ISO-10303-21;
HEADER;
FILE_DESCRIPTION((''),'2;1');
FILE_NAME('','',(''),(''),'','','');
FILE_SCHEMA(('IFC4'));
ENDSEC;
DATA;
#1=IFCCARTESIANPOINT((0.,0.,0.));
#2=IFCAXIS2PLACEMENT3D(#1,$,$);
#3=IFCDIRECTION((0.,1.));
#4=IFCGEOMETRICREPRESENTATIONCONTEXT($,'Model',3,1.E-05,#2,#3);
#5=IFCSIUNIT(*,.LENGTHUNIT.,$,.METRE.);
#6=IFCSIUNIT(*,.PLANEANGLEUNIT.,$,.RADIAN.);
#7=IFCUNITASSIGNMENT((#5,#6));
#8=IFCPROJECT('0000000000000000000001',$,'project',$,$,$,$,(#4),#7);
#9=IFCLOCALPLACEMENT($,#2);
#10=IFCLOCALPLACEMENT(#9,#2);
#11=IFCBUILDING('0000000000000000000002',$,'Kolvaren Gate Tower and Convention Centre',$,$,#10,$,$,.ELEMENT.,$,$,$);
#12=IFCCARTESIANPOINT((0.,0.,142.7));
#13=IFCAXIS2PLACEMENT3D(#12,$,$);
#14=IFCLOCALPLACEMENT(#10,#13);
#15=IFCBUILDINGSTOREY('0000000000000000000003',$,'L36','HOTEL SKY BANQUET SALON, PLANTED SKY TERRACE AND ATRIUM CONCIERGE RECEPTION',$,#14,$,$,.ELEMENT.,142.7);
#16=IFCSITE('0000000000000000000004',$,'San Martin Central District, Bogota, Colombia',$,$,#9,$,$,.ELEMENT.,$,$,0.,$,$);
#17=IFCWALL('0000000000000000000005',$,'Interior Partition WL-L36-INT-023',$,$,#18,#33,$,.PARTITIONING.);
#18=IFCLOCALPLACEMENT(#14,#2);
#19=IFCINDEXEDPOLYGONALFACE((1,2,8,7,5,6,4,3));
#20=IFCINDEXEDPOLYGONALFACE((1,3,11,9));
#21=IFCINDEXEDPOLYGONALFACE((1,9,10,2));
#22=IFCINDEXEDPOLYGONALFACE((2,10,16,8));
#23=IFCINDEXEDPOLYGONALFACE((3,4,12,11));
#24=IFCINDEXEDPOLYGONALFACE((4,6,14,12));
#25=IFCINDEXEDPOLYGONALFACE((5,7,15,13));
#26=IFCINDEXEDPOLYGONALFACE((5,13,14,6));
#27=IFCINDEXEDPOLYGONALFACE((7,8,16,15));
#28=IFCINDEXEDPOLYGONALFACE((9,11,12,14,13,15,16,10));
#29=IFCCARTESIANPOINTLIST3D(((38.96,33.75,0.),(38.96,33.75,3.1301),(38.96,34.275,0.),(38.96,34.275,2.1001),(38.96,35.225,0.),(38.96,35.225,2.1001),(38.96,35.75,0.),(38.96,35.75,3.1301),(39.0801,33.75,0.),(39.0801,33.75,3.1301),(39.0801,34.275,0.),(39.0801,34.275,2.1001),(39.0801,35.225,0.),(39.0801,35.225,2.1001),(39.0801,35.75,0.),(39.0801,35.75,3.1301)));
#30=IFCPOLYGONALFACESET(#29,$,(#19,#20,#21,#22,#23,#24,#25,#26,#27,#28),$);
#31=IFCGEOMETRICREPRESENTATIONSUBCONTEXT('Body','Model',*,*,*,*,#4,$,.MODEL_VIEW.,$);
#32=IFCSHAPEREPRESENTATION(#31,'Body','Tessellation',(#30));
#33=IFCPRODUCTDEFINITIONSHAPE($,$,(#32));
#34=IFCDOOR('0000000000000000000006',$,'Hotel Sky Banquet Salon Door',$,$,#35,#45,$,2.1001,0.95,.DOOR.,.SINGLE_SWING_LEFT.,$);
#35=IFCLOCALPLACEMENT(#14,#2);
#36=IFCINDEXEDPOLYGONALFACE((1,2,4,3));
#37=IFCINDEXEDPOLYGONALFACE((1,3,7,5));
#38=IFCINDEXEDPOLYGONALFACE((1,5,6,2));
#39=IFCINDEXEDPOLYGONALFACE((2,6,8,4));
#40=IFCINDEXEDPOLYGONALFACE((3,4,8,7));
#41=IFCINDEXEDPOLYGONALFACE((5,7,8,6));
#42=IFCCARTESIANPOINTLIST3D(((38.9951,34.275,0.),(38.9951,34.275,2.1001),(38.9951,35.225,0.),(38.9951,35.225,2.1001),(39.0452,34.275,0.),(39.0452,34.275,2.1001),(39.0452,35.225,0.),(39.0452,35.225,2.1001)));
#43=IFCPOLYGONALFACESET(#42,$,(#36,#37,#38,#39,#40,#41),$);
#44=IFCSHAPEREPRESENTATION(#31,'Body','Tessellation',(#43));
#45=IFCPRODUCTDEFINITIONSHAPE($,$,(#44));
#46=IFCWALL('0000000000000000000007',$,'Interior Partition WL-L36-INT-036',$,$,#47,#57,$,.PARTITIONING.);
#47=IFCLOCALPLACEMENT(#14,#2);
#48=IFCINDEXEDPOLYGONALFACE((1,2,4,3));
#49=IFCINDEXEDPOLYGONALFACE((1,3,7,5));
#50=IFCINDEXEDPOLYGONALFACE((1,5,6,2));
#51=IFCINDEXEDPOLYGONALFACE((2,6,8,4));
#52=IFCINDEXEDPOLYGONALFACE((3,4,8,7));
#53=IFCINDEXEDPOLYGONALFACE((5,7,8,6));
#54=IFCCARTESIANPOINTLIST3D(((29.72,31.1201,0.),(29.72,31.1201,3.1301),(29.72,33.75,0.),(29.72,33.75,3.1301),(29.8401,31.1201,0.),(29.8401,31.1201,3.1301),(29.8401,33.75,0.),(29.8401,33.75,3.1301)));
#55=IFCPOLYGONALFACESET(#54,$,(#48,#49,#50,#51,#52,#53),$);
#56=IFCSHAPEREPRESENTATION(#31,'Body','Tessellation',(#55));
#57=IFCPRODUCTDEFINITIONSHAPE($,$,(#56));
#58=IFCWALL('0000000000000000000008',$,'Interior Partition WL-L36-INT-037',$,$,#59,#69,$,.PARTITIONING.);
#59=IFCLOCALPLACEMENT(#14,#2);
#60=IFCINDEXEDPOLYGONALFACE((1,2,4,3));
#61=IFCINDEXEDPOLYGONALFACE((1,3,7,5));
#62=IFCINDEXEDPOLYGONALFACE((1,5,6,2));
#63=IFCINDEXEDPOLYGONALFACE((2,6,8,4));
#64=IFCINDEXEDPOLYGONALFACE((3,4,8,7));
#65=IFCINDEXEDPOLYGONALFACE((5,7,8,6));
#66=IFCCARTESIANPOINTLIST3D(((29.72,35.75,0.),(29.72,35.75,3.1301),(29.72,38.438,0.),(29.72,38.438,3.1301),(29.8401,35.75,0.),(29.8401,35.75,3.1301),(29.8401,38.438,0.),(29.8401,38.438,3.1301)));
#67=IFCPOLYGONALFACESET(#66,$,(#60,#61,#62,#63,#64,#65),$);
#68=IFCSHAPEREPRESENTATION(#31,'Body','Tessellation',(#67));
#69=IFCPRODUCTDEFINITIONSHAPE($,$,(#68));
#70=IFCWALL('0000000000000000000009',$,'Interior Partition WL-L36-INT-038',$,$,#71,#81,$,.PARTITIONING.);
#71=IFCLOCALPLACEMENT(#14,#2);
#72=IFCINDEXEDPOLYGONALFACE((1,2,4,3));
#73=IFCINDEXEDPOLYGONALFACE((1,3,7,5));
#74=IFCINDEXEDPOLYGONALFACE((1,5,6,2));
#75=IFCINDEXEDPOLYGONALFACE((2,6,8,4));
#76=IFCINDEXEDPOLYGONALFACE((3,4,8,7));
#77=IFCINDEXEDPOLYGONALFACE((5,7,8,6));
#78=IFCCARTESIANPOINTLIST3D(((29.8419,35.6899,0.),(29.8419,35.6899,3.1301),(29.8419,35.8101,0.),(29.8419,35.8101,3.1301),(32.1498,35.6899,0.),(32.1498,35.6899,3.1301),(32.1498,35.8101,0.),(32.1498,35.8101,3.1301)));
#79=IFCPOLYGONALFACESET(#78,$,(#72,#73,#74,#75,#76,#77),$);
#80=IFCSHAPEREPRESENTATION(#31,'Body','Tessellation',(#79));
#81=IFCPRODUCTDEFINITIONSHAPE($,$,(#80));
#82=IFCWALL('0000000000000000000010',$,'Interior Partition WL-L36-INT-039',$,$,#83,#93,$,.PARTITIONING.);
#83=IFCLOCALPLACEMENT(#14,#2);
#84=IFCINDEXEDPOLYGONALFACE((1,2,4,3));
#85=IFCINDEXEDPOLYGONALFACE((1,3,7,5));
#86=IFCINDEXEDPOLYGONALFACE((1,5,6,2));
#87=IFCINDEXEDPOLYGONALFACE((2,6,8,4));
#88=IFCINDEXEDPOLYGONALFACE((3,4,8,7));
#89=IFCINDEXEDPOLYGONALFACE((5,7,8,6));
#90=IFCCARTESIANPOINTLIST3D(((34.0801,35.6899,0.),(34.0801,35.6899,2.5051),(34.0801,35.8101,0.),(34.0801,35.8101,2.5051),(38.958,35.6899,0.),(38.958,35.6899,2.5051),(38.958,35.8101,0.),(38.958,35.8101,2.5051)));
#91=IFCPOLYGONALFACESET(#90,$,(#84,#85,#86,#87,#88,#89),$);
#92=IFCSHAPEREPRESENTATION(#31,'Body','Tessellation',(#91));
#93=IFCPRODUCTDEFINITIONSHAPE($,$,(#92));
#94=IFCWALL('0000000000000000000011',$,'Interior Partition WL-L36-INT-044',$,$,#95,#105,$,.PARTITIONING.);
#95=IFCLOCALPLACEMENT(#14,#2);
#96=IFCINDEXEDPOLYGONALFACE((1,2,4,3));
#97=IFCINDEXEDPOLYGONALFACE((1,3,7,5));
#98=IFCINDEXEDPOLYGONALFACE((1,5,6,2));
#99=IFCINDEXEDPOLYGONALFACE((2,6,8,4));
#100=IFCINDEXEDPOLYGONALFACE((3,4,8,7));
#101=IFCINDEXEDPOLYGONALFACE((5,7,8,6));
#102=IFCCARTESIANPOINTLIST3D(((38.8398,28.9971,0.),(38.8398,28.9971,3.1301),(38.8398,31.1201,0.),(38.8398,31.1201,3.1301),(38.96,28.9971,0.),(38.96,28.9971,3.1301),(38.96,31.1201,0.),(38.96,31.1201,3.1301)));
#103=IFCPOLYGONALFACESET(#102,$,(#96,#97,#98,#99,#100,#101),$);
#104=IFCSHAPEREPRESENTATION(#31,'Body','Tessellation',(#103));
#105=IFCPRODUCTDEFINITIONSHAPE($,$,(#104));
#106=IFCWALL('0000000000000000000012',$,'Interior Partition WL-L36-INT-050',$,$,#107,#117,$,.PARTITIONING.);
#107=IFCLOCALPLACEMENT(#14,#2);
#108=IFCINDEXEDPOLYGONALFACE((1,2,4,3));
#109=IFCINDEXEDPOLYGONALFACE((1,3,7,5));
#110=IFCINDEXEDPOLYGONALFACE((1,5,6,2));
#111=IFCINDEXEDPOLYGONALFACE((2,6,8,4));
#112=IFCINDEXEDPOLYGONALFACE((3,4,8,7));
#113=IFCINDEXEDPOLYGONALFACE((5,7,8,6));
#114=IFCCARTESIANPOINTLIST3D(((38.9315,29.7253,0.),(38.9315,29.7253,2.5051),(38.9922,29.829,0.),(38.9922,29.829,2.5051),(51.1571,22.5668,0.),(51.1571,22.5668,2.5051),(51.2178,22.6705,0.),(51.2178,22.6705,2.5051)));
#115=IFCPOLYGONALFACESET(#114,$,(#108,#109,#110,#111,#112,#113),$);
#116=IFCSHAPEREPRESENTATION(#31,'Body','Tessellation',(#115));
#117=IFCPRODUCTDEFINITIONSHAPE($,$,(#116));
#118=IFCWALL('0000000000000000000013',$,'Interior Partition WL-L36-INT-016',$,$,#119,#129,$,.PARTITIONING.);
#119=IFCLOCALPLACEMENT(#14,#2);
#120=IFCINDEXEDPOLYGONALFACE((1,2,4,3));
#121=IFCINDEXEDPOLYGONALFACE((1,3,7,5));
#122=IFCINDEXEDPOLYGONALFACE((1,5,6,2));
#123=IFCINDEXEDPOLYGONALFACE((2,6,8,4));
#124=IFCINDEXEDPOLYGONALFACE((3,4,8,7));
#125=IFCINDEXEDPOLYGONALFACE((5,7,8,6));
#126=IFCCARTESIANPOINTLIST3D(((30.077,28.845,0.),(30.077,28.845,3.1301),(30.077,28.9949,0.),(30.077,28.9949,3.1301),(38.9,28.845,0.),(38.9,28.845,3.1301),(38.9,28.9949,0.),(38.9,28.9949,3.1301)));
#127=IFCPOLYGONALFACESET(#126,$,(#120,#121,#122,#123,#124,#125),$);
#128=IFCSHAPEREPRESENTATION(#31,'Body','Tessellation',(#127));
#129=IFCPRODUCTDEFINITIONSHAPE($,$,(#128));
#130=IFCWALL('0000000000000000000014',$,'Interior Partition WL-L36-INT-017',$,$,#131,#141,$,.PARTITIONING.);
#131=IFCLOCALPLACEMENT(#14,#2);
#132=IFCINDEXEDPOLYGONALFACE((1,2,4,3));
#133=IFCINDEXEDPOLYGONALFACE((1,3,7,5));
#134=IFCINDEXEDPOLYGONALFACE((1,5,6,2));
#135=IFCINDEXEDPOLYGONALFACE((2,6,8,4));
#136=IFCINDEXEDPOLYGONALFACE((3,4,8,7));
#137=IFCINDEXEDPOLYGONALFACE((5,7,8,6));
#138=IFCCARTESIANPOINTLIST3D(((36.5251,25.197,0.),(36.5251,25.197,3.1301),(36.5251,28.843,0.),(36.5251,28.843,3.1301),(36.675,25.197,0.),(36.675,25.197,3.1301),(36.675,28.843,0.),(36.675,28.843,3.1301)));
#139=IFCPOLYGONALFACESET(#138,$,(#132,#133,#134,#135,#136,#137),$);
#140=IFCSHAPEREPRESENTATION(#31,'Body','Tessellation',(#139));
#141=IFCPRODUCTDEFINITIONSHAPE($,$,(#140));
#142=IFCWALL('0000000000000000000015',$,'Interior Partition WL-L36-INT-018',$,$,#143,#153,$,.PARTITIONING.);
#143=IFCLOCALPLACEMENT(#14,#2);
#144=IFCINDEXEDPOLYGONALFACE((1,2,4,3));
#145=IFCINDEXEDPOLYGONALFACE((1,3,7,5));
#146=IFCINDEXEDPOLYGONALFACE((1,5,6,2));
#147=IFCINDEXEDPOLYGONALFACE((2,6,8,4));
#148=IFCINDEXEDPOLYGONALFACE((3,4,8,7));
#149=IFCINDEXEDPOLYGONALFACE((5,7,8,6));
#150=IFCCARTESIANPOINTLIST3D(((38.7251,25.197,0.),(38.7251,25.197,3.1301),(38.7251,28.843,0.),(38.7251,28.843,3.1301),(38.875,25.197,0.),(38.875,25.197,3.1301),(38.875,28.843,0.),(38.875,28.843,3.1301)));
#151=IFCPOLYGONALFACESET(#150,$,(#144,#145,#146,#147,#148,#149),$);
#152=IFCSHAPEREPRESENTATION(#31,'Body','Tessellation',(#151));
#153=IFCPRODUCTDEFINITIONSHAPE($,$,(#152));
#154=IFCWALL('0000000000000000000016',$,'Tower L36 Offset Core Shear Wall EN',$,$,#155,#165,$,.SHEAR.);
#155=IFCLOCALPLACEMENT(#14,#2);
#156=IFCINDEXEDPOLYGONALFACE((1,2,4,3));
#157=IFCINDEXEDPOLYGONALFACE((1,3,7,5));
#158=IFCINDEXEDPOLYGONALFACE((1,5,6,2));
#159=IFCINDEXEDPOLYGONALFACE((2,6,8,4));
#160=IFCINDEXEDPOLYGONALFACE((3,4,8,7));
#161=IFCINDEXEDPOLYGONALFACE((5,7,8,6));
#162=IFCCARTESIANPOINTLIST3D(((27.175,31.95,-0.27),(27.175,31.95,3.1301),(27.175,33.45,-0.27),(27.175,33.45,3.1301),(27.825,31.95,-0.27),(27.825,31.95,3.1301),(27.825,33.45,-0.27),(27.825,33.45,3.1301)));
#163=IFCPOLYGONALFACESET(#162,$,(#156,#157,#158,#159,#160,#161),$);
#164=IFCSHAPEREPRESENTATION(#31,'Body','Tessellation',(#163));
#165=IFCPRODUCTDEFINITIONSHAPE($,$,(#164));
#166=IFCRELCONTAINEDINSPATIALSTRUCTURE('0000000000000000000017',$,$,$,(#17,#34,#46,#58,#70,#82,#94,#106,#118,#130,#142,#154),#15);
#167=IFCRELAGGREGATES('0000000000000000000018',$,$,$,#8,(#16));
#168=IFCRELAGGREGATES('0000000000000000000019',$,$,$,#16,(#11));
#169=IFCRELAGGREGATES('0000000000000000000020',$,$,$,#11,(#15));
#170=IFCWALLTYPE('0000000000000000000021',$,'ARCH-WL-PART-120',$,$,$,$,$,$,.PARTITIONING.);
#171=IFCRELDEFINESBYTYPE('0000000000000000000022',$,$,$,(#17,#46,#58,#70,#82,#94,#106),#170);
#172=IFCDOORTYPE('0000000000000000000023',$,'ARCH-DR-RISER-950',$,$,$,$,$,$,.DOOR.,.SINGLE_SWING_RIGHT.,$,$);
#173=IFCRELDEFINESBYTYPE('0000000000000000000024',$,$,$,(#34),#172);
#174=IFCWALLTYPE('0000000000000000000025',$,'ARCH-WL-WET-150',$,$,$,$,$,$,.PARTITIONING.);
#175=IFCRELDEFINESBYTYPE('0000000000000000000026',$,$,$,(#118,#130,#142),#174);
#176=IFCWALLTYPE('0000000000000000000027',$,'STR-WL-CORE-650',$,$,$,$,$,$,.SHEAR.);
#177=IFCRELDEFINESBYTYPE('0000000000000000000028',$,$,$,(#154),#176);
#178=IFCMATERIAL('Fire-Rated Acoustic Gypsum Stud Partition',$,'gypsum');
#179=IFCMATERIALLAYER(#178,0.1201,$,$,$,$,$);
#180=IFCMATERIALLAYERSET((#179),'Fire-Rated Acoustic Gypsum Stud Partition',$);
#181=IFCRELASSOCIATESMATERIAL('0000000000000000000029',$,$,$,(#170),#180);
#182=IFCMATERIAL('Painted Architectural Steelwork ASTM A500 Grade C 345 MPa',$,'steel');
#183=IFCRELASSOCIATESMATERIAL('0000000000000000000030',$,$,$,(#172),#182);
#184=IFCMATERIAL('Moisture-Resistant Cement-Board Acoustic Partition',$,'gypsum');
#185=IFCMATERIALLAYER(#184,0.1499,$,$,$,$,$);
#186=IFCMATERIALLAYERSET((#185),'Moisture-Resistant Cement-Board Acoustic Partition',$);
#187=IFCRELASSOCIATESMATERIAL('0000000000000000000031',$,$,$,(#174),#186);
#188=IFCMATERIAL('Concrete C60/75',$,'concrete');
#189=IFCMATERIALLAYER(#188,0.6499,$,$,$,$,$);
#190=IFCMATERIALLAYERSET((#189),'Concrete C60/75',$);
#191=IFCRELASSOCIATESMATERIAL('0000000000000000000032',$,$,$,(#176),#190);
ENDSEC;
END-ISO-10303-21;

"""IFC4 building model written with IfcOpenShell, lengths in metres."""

from ifc_helpers import new_model, si_unit, direction, frame, frame_2d, origin, place, context, subcontext, project, spatial, rectangle, extrude, material, layer, layer_set, type_object, element, fill, save


model = new_model("IFC4")

# Units and contexts
model_context = context("Model", 3, precision=1e-05, world=origin(), true_north=direction((0.0, 1.0)))
body_context = subcontext(model_context, "Body", "Model", "MODEL_VIEW")
ifc_project = project(units=[si_unit("LENGTHUNIT", "METRE"), si_unit("PLANEANGLEUNIT", "RADIAN")], contexts=[model_context])

# Site, building, storey
site_placement = place(None, origin())
site = spatial("IfcSite", under=ifc_project, at=site_placement, Name="San Martin Central District, Bogota, Colombia", CompositionType="ELEMENT", RefElevation=0.0)
building_placement = place(site_placement, origin())
building = spatial("IfcBuilding", under=site, at=building_placement, Name="Kolvaren Gate Tower and Convention Centre", CompositionType="ELEMENT")
storey_placement = place(building_placement, frame((0.0, 0.0, 142.7)))
storey = spatial("IfcBuildingStorey", under=building, at=storey_placement, Name="L36", Description="HOTEL SKY BANQUET SALON, PLANTED SKY TERRACE AND ATRIUM CONCIERGE RECEPTION", CompositionType="ELEMENT", Elevation=142.7)

# Shared definitions
ifc_material_1 = material(Name="Concrete C60/75", Category="concrete")

# Shared definitions
ifc_material_2 = material(Name="Fire-Rated Acoustic Gypsum Stud Partition", Category="gypsum")
ifc_layer_1 = layer(ifc_material_2, 0.1201)
ifc_layer_set_1 = layer_set([ifc_layer_1], Name="Fire-Rated Acoustic Gypsum Stud Partition")
wall_type_1 = type_object("IfcWallType", Name="ARCH-WL-PART-120", PredefinedType="PARTITIONING", material=ifc_layer_set_1)

# Shared definitions
ifc_material_3 = material(Name="Painted Architectural Steelwork ASTM A500 Grade C 345 MPa", Category="steel")
door_type = type_object("IfcDoorType", Name="ARCH-DR-RISER-950", OperationType="SINGLE_SWING_RIGHT", PredefinedType="DOOR", material=ifc_material_3)

# Wall, opening, door
wall_1_placement = place(storey_placement, frame((39.02, 33.75, 0.0), z_axis=(0.0, 0.0, 1.0), x_axis=(0.0, 1.0, 0.0)))
wall_1 = element("IfcWall", 1, at=wall_1_placement, inside=storey, type_object=wall_type_1, Name="Interior Partition WL-L36-INT-023", PredefinedType="PARTITIONING", context=body_context, shape_type="SweptSolid", body=[
    extrude(rectangle(XDim=2.0, YDim=0.1201, at=frame_2d((1.0, 0.0))), origin(), (0.0, 0.0, 1.0), 3.1301),
])
opening_1_placement = place(wall_1_placement, frame((0.5249, 0.0, 0.0)))
opening_1 = element("IfcOpeningElement", 2, at=opening_1_placement, cuts=wall_1, PredefinedType="OPENING", context=body_context, shape_type="SweptSolid", body=[
    extrude(rectangle(XDim=0.95, YDim=2.1001, at=frame_2d((0.4751, 1.05))), frame((0.0, 0.0701, 0.0), z_axis=(0.0, -1.0, 0.0), x_axis=(1.0, 0.0, 0.0)), (0.0, 0.0, 1.0), 0.1401),
])
door_1_placement = place(opening_1_placement, origin())
door_1 = element("IfcDoor", 3, at=door_1_placement, inside=storey, type_object=door_type, Name="Hotel Sky Banquet Salon Door", OperationType="SINGLE_SWING_LEFT", OverallHeight=2.1001, OverallWidth=0.95, PredefinedType="DOOR", context=body_context, shape_type="SweptSolid", body=[
    extrude(rectangle(XDim=0.95, YDim=2.1001, at=frame_2d((0.4751, 1.05))), frame((0.0, 0.0249, 0.0), z_axis=(0.0, -1.0, 0.0), x_axis=(1.0, 0.0, 0.0)), (0.0, 0.0, 1.0), 0.05),
])
fill(opening_1, door_1)

# Walls
wall_2_placement = place(storey_placement, frame((29.78, 31.1201, 0.0), z_axis=(0.0, 0.0, 1.0), x_axis=(0.0, 1.0, 0.0)))
element("IfcWall", 4, at=wall_2_placement, inside=storey, type_object=wall_type_1, Name="Interior Partition WL-L36-INT-036", PredefinedType="PARTITIONING", context=body_context, shape_type="SweptSolid", body=[
    extrude(rectangle(XDim=2.6299, YDim=0.1201, at=frame_2d((1.3149, 0.0))), origin(), (0.0, 0.0, 1.0), 3.1301),
])
wall_3_placement = place(storey_placement, frame((29.78, 35.75, 0.0), z_axis=(0.0, 0.0, 1.0), x_axis=(0.0, 1.0, 0.0)))
element("IfcWall", 5, at=wall_3_placement, inside=storey, type_object=wall_type_1, Name="Interior Partition WL-L36-INT-037", PredefinedType="PARTITIONING", context=body_context, shape_type="SweptSolid", body=[
    extrude(rectangle(XDim=2.688, YDim=0.1201, at=frame_2d((1.344, 0.0))), origin(), (0.0, 0.0, 1.0), 3.1301),
])
wall_4_placement = place(storey_placement, frame((29.842, 35.75, 0.0), z_axis=(0.0, 0.0, 1.0), x_axis=(1.0, 0.0, 0.0)))
element("IfcWall", 6, at=wall_4_placement, inside=storey, type_object=wall_type_1, Name="Interior Partition WL-L36-INT-038", PredefinedType="PARTITIONING", context=body_context, shape_type="SweptSolid", body=[
    extrude(rectangle(XDim=2.3079, YDim=0.1201, at=frame_2d((1.1538, 0.0))), origin(), (0.0, 0.0, 1.0), 3.1301),
])
wall_5_placement = place(storey_placement, frame((34.0801, 35.75, 0.0), z_axis=(0.0, 0.0, 1.0), x_axis=(1.0, 0.0, 0.0)))
element("IfcWall", 7, at=wall_5_placement, inside=storey, type_object=wall_type_1, Name="Interior Partition WL-L36-INT-039", PredefinedType="PARTITIONING", context=body_context, shape_type="SweptSolid", body=[
    extrude(rectangle(XDim=4.8779, YDim=0.1201, at=frame_2d((2.439, 0.0))), origin(), (0.0, 0.0, 1.0), 2.5051),
])
wall_6_placement = place(storey_placement, frame((38.8999, 28.9971, 0.0), z_axis=(0.0, 0.0, 1.0), x_axis=(0.0, 1.0, 0.0)))
element("IfcWall", 8, at=wall_6_placement, inside=storey, type_object=wall_type_1, Name="Interior Partition WL-L36-INT-044", PredefinedType="PARTITIONING", context=body_context, shape_type="SweptSolid", body=[
    extrude(rectangle(XDim=2.123, YDim=0.1201, at=frame_2d((1.0615, 0.0))), origin(), (0.0, 0.0, 1.0), 3.1301),
])
wall_7_placement = place(storey_placement, frame((38.9619, 29.7771, 0.0), z_axis=(0.0, 0.0, 1.0), x_axis=(0.862953, -0.505285, 0.0)))
element("IfcWall", 9, at=wall_7_placement, inside=storey, type_object=wall_type_1, Name="Interior Partition WL-L36-INT-050", PredefinedType="PARTITIONING", context=body_context, shape_type="SweptSolid", body=[
    extrude(rectangle(XDim=14.1672, YDim=0.1201, at=frame_2d((7.0835, 0.0))), origin(), (0.0, 0.0, 1.0), 2.5051),
])
ifc_material_4 = material(Name="Moisture-Resistant Cement-Board Acoustic Partition", Category="gypsum")
ifc_layer_2 = layer(ifc_material_4, 0.1499)
ifc_layer_set_2 = layer_set([ifc_layer_2], Name="Moisture-Resistant Cement-Board Acoustic Partition")
wall_type_2 = type_object("IfcWallType", Name="ARCH-WL-WET-150", PredefinedType="PARTITIONING", material=ifc_layer_set_2)
wall_8_placement = place(storey_placement, frame((30.0769, 28.9199, 0.0), z_axis=(0.0, 0.0, 1.0), x_axis=(1.0, 0.0, 0.0)))
element("IfcWall", 10, at=wall_8_placement, inside=storey, type_object=wall_type_2, Name="Interior Partition WL-L36-INT-016", PredefinedType="PARTITIONING", context=body_context, shape_type="SweptSolid", body=[
    extrude(rectangle(XDim=8.823, YDim=0.1499, at=frame_2d((4.4116, 0.0))), origin(), (0.0, 0.0, 1.0), 3.1301),
])
for number, where, z_axis, x_axis, name in (
    (11, (36.6001, 25.197, 0.0), (0.0, 0.0, 1.0), (0.0, 1.0, 0.0), "Interior Partition WL-L36-INT-017"),
    (12, (38.8, 25.197, 0.0), (0.0, 0.0, 1.0), (0.0, 1.0, 0.0), "Interior Partition WL-L36-INT-018"),
):
    element("IfcWall", number, at=place(storey_placement, frame(where, z_axis=z_axis, x_axis=x_axis)), inside=storey, type_object=wall_type_2, Name=name, PredefinedType="PARTITIONING", context=body_context, shape_type="SweptSolid", body=[
        extrude(rectangle(XDim=3.646, YDim=0.1499, at=frame_2d((1.823, 0.0))), origin(), (0.0, 0.0, 1.0), 3.1301),
    ])
ifc_layer_3 = layer(ifc_material_1, 0.6499)
ifc_layer_set_3 = layer_set([ifc_layer_3], Name="Concrete C60/75")
wall_type_3 = type_object("IfcWallType", Name="STR-WL-CORE-650", PredefinedType="SHEAR", material=ifc_layer_set_3)
wall_9_placement = place(storey_placement, frame((27.5, 31.95, -0.27), z_axis=(0.0, 0.0, 1.0), x_axis=(0.0, 1.0, 0.0)))
element("IfcWall", 13, at=wall_9_placement, inside=storey, type_object=wall_type_3, Name="Tower L36 Offset Core Shear Wall EN", PredefinedType="SHEAR", context=body_context, shape_type="SweptSolid", body=[
    extrude(rectangle(XDim=1.5, YDim=0.6499, at=frame_2d((0.75, 0.0))), origin(), (0.0, 0.0, 1.0), 3.4001),
])

save(model, "model.ifc")
